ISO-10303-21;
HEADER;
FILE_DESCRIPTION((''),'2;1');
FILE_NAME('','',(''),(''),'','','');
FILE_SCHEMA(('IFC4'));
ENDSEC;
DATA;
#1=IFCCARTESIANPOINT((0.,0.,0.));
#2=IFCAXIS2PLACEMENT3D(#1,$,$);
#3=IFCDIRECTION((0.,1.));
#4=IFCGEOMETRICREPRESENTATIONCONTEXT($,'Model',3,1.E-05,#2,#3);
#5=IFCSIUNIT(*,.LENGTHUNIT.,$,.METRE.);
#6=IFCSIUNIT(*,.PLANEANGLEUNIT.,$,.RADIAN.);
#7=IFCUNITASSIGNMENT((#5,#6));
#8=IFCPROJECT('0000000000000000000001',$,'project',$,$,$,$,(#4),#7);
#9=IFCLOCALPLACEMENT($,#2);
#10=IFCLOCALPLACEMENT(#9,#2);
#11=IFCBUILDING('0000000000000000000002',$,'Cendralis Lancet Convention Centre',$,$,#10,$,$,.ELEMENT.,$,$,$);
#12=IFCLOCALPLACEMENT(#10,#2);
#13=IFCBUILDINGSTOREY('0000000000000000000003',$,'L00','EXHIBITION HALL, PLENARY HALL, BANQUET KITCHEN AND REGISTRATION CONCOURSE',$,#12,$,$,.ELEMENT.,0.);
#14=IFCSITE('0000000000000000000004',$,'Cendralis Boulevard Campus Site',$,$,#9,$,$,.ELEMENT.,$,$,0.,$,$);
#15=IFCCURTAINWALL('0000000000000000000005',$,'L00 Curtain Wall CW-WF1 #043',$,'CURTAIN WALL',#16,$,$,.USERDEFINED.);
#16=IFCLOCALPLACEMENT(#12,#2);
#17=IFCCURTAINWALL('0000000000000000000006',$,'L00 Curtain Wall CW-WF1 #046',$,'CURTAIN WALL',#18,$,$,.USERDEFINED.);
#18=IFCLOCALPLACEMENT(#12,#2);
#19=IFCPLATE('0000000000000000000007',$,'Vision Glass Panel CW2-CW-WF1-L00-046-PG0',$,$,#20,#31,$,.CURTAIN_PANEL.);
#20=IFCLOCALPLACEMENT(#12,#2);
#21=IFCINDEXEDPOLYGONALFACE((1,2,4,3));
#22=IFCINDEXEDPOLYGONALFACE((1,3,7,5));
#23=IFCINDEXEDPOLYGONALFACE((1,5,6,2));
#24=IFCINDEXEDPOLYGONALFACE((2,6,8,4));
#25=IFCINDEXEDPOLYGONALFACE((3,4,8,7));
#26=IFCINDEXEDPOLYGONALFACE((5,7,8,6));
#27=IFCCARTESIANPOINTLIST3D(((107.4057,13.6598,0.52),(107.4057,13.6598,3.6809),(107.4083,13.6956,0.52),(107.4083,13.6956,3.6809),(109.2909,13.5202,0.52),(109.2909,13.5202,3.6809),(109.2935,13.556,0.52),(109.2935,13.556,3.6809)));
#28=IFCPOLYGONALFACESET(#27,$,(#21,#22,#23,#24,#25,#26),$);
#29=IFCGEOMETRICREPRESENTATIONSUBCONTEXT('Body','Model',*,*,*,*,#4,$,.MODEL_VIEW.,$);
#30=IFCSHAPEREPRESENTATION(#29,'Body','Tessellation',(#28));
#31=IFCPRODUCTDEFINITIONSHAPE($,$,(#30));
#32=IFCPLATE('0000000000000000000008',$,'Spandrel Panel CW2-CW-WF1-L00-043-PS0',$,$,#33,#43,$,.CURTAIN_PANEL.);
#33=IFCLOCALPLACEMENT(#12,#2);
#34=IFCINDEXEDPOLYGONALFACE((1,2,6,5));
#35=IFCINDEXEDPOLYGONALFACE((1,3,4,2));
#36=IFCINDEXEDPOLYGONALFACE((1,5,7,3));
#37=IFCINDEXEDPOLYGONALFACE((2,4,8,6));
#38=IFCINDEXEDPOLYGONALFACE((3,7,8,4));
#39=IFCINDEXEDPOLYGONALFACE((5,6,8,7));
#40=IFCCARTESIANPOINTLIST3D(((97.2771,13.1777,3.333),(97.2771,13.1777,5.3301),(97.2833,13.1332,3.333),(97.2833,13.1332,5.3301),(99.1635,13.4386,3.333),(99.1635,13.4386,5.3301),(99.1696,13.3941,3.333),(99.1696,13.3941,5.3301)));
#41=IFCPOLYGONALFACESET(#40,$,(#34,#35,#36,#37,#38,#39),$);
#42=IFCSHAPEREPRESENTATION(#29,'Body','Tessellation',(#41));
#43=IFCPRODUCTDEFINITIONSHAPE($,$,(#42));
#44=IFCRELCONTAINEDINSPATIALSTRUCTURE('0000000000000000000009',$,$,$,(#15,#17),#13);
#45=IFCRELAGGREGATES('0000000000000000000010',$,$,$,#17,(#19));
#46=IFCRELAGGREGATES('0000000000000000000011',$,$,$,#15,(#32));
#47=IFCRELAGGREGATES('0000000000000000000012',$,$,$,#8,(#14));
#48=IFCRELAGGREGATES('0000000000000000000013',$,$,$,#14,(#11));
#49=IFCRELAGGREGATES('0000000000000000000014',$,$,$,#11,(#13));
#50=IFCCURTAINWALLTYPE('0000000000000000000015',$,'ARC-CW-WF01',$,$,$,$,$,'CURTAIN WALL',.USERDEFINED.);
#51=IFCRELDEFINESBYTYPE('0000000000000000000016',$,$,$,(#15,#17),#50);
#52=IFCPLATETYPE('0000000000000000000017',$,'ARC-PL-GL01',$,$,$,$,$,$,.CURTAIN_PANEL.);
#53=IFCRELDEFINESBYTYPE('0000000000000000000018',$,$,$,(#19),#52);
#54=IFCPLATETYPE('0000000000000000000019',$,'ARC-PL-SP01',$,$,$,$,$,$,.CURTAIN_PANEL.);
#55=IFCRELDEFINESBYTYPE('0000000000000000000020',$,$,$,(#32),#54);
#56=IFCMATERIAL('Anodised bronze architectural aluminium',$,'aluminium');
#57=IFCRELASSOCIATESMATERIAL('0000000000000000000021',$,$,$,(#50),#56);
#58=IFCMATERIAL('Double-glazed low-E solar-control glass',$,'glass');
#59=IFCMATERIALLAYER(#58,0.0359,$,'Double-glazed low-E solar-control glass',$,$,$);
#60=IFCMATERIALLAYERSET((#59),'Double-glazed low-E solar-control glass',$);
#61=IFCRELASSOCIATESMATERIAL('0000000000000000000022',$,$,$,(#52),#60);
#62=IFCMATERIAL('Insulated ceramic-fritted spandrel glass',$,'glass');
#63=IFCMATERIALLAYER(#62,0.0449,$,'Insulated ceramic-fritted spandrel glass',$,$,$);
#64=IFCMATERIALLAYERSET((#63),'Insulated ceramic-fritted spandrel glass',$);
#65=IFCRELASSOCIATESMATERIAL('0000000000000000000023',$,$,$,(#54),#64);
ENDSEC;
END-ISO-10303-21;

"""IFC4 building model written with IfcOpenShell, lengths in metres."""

from ifc_helpers import new_model, si_unit, direction, frame, origin, origin_2d, place, context, subcontext, project, spatial, rectangle, extrude, material, layer, layer_set, type_object, element, aggregate, save


model = new_model("IFC4")

# Units and contexts
model_context = context("Model", 3, precision=1e-05, world=origin(), true_north=direction((0.0, 1.0)))
body_context = subcontext(model_context, "Body", "Model", "MODEL_VIEW")
ifc_project = project(units=[si_unit("LENGTHUNIT", "METRE"), si_unit("PLANEANGLEUNIT", "RADIAN")], contexts=[model_context])

# Site, building, storey
site_placement = place(None, origin())
site = spatial("IfcSite", under=ifc_project, at=site_placement, Name="Cendralis Boulevard Campus Site", CompositionType="ELEMENT", RefElevation=0.0)
building_placement = place(site_placement, origin())
building = spatial("IfcBuilding", under=site, at=building_placement, Name="Cendralis Lancet Convention Centre", CompositionType="ELEMENT")
storey_placement = place(building_placement, origin())
storey = spatial("IfcBuildingStorey", under=building, at=storey_placement, Name="L00", Description="EXHIBITION HALL, PLENARY HALL, BANQUET KITCHEN AND REGISTRATION CONCOURSE", CompositionType="ELEMENT", Elevation=0.0)

# Curtain wall
ifc_material_1 = material(Name="Anodised bronze architectural aluminium", Category="aluminium")
curtain_wall_type = type_object("IfcCurtainWallType", Name="ARC-CW-WF01", ElementType="CURTAIN WALL", PredefinedType="USERDEFINED", material=ifc_material_1)
curtain_wall_1_placement = place(storey_placement, origin())
curtain_wall_1 = element("IfcCurtainWall", 1, at=curtain_wall_1_placement, inside=storey, type_object=curtain_wall_type, Name="L00 Curtain Wall CW-WF1 #043", ObjectType="CURTAIN WALL", PredefinedType="USERDEFINED")
ifc_material_2 = material(Name="Double-glazed low-E solar-control glass", Category="glass")
ifc_layer_1 = layer(ifc_material_2, 0.0359, Name="Double-glazed low-E solar-control glass")
ifc_layer_set_1 = layer_set([ifc_layer_1], Name="Double-glazed low-E solar-control glass")
plate_type_1 = type_object("IfcPlateType", Name="ARC-PL-GL01", PredefinedType="CURTAIN_PANEL", material=ifc_layer_set_1)

# Curtain wall, plate
curtain_wall_2_placement = place(storey_placement, origin())
curtain_wall_2 = element("IfcCurtainWall", 2, at=curtain_wall_2_placement, inside=storey, type_object=curtain_wall_type, Name="L00 Curtain Wall CW-WF1 #046", ObjectType="CURTAIN WALL", PredefinedType="USERDEFINED")
plate_1_placement = place(storey_placement, frame((108.3496, 13.6079, 0.52), z_axis=(0.0, 0.0, 1.0), x_axis=(0.997268, -0.073872, 0.0)))
plate_1 = element("IfcPlate", 3, at=plate_1_placement, type_object=plate_type_1, Name="Vision Glass Panel CW2-CW-WF1-L00-046-PG0", PredefinedType="CURTAIN_PANEL", context=body_context, shape_type="SweptSolid", body=[
    extrude(rectangle(XDim=1.8904, YDim=0.0359, at=origin_2d()), origin(), (0.0, 0.0, 1.0), 3.1609),
])
aggregate(curtain_wall_2, [plate_1])

# Plate
ifc_material_3 = material(Name="Insulated ceramic-fritted spandrel glass", Category="glass")
ifc_layer_2 = layer(ifc_material_3, 0.0449, Name="Insulated ceramic-fritted spandrel glass")
ifc_layer_set_2 = layer_set([ifc_layer_2], Name="Insulated ceramic-fritted spandrel glass")
plate_type_2 = type_object("IfcPlateType", Name="ARC-PL-SP01", PredefinedType="CURTAIN_PANEL", material=ifc_layer_set_2)
plate_2_placement = place(storey_placement, frame((98.2234, 13.2859, 3.333), z_axis=(0.0, 0.0, 1.0), x_axis=(0.990575, 0.136968, 0.0)))
plate_2 = element("IfcPlate", 4, at=plate_2_placement, type_object=plate_type_2, Name="Spandrel Panel CW2-CW-WF1-L00-043-PS0", PredefinedType="CURTAIN_PANEL", context=body_context, shape_type="SweptSolid", body=[
    extrude(rectangle(XDim=1.9043, YDim=0.0449, at=origin_2d()), origin(), (0.0, 0.0, 1.0), 1.9971),
])
aggregate(curtain_wall_1, [plate_2])

save(model, "model.ifc")
